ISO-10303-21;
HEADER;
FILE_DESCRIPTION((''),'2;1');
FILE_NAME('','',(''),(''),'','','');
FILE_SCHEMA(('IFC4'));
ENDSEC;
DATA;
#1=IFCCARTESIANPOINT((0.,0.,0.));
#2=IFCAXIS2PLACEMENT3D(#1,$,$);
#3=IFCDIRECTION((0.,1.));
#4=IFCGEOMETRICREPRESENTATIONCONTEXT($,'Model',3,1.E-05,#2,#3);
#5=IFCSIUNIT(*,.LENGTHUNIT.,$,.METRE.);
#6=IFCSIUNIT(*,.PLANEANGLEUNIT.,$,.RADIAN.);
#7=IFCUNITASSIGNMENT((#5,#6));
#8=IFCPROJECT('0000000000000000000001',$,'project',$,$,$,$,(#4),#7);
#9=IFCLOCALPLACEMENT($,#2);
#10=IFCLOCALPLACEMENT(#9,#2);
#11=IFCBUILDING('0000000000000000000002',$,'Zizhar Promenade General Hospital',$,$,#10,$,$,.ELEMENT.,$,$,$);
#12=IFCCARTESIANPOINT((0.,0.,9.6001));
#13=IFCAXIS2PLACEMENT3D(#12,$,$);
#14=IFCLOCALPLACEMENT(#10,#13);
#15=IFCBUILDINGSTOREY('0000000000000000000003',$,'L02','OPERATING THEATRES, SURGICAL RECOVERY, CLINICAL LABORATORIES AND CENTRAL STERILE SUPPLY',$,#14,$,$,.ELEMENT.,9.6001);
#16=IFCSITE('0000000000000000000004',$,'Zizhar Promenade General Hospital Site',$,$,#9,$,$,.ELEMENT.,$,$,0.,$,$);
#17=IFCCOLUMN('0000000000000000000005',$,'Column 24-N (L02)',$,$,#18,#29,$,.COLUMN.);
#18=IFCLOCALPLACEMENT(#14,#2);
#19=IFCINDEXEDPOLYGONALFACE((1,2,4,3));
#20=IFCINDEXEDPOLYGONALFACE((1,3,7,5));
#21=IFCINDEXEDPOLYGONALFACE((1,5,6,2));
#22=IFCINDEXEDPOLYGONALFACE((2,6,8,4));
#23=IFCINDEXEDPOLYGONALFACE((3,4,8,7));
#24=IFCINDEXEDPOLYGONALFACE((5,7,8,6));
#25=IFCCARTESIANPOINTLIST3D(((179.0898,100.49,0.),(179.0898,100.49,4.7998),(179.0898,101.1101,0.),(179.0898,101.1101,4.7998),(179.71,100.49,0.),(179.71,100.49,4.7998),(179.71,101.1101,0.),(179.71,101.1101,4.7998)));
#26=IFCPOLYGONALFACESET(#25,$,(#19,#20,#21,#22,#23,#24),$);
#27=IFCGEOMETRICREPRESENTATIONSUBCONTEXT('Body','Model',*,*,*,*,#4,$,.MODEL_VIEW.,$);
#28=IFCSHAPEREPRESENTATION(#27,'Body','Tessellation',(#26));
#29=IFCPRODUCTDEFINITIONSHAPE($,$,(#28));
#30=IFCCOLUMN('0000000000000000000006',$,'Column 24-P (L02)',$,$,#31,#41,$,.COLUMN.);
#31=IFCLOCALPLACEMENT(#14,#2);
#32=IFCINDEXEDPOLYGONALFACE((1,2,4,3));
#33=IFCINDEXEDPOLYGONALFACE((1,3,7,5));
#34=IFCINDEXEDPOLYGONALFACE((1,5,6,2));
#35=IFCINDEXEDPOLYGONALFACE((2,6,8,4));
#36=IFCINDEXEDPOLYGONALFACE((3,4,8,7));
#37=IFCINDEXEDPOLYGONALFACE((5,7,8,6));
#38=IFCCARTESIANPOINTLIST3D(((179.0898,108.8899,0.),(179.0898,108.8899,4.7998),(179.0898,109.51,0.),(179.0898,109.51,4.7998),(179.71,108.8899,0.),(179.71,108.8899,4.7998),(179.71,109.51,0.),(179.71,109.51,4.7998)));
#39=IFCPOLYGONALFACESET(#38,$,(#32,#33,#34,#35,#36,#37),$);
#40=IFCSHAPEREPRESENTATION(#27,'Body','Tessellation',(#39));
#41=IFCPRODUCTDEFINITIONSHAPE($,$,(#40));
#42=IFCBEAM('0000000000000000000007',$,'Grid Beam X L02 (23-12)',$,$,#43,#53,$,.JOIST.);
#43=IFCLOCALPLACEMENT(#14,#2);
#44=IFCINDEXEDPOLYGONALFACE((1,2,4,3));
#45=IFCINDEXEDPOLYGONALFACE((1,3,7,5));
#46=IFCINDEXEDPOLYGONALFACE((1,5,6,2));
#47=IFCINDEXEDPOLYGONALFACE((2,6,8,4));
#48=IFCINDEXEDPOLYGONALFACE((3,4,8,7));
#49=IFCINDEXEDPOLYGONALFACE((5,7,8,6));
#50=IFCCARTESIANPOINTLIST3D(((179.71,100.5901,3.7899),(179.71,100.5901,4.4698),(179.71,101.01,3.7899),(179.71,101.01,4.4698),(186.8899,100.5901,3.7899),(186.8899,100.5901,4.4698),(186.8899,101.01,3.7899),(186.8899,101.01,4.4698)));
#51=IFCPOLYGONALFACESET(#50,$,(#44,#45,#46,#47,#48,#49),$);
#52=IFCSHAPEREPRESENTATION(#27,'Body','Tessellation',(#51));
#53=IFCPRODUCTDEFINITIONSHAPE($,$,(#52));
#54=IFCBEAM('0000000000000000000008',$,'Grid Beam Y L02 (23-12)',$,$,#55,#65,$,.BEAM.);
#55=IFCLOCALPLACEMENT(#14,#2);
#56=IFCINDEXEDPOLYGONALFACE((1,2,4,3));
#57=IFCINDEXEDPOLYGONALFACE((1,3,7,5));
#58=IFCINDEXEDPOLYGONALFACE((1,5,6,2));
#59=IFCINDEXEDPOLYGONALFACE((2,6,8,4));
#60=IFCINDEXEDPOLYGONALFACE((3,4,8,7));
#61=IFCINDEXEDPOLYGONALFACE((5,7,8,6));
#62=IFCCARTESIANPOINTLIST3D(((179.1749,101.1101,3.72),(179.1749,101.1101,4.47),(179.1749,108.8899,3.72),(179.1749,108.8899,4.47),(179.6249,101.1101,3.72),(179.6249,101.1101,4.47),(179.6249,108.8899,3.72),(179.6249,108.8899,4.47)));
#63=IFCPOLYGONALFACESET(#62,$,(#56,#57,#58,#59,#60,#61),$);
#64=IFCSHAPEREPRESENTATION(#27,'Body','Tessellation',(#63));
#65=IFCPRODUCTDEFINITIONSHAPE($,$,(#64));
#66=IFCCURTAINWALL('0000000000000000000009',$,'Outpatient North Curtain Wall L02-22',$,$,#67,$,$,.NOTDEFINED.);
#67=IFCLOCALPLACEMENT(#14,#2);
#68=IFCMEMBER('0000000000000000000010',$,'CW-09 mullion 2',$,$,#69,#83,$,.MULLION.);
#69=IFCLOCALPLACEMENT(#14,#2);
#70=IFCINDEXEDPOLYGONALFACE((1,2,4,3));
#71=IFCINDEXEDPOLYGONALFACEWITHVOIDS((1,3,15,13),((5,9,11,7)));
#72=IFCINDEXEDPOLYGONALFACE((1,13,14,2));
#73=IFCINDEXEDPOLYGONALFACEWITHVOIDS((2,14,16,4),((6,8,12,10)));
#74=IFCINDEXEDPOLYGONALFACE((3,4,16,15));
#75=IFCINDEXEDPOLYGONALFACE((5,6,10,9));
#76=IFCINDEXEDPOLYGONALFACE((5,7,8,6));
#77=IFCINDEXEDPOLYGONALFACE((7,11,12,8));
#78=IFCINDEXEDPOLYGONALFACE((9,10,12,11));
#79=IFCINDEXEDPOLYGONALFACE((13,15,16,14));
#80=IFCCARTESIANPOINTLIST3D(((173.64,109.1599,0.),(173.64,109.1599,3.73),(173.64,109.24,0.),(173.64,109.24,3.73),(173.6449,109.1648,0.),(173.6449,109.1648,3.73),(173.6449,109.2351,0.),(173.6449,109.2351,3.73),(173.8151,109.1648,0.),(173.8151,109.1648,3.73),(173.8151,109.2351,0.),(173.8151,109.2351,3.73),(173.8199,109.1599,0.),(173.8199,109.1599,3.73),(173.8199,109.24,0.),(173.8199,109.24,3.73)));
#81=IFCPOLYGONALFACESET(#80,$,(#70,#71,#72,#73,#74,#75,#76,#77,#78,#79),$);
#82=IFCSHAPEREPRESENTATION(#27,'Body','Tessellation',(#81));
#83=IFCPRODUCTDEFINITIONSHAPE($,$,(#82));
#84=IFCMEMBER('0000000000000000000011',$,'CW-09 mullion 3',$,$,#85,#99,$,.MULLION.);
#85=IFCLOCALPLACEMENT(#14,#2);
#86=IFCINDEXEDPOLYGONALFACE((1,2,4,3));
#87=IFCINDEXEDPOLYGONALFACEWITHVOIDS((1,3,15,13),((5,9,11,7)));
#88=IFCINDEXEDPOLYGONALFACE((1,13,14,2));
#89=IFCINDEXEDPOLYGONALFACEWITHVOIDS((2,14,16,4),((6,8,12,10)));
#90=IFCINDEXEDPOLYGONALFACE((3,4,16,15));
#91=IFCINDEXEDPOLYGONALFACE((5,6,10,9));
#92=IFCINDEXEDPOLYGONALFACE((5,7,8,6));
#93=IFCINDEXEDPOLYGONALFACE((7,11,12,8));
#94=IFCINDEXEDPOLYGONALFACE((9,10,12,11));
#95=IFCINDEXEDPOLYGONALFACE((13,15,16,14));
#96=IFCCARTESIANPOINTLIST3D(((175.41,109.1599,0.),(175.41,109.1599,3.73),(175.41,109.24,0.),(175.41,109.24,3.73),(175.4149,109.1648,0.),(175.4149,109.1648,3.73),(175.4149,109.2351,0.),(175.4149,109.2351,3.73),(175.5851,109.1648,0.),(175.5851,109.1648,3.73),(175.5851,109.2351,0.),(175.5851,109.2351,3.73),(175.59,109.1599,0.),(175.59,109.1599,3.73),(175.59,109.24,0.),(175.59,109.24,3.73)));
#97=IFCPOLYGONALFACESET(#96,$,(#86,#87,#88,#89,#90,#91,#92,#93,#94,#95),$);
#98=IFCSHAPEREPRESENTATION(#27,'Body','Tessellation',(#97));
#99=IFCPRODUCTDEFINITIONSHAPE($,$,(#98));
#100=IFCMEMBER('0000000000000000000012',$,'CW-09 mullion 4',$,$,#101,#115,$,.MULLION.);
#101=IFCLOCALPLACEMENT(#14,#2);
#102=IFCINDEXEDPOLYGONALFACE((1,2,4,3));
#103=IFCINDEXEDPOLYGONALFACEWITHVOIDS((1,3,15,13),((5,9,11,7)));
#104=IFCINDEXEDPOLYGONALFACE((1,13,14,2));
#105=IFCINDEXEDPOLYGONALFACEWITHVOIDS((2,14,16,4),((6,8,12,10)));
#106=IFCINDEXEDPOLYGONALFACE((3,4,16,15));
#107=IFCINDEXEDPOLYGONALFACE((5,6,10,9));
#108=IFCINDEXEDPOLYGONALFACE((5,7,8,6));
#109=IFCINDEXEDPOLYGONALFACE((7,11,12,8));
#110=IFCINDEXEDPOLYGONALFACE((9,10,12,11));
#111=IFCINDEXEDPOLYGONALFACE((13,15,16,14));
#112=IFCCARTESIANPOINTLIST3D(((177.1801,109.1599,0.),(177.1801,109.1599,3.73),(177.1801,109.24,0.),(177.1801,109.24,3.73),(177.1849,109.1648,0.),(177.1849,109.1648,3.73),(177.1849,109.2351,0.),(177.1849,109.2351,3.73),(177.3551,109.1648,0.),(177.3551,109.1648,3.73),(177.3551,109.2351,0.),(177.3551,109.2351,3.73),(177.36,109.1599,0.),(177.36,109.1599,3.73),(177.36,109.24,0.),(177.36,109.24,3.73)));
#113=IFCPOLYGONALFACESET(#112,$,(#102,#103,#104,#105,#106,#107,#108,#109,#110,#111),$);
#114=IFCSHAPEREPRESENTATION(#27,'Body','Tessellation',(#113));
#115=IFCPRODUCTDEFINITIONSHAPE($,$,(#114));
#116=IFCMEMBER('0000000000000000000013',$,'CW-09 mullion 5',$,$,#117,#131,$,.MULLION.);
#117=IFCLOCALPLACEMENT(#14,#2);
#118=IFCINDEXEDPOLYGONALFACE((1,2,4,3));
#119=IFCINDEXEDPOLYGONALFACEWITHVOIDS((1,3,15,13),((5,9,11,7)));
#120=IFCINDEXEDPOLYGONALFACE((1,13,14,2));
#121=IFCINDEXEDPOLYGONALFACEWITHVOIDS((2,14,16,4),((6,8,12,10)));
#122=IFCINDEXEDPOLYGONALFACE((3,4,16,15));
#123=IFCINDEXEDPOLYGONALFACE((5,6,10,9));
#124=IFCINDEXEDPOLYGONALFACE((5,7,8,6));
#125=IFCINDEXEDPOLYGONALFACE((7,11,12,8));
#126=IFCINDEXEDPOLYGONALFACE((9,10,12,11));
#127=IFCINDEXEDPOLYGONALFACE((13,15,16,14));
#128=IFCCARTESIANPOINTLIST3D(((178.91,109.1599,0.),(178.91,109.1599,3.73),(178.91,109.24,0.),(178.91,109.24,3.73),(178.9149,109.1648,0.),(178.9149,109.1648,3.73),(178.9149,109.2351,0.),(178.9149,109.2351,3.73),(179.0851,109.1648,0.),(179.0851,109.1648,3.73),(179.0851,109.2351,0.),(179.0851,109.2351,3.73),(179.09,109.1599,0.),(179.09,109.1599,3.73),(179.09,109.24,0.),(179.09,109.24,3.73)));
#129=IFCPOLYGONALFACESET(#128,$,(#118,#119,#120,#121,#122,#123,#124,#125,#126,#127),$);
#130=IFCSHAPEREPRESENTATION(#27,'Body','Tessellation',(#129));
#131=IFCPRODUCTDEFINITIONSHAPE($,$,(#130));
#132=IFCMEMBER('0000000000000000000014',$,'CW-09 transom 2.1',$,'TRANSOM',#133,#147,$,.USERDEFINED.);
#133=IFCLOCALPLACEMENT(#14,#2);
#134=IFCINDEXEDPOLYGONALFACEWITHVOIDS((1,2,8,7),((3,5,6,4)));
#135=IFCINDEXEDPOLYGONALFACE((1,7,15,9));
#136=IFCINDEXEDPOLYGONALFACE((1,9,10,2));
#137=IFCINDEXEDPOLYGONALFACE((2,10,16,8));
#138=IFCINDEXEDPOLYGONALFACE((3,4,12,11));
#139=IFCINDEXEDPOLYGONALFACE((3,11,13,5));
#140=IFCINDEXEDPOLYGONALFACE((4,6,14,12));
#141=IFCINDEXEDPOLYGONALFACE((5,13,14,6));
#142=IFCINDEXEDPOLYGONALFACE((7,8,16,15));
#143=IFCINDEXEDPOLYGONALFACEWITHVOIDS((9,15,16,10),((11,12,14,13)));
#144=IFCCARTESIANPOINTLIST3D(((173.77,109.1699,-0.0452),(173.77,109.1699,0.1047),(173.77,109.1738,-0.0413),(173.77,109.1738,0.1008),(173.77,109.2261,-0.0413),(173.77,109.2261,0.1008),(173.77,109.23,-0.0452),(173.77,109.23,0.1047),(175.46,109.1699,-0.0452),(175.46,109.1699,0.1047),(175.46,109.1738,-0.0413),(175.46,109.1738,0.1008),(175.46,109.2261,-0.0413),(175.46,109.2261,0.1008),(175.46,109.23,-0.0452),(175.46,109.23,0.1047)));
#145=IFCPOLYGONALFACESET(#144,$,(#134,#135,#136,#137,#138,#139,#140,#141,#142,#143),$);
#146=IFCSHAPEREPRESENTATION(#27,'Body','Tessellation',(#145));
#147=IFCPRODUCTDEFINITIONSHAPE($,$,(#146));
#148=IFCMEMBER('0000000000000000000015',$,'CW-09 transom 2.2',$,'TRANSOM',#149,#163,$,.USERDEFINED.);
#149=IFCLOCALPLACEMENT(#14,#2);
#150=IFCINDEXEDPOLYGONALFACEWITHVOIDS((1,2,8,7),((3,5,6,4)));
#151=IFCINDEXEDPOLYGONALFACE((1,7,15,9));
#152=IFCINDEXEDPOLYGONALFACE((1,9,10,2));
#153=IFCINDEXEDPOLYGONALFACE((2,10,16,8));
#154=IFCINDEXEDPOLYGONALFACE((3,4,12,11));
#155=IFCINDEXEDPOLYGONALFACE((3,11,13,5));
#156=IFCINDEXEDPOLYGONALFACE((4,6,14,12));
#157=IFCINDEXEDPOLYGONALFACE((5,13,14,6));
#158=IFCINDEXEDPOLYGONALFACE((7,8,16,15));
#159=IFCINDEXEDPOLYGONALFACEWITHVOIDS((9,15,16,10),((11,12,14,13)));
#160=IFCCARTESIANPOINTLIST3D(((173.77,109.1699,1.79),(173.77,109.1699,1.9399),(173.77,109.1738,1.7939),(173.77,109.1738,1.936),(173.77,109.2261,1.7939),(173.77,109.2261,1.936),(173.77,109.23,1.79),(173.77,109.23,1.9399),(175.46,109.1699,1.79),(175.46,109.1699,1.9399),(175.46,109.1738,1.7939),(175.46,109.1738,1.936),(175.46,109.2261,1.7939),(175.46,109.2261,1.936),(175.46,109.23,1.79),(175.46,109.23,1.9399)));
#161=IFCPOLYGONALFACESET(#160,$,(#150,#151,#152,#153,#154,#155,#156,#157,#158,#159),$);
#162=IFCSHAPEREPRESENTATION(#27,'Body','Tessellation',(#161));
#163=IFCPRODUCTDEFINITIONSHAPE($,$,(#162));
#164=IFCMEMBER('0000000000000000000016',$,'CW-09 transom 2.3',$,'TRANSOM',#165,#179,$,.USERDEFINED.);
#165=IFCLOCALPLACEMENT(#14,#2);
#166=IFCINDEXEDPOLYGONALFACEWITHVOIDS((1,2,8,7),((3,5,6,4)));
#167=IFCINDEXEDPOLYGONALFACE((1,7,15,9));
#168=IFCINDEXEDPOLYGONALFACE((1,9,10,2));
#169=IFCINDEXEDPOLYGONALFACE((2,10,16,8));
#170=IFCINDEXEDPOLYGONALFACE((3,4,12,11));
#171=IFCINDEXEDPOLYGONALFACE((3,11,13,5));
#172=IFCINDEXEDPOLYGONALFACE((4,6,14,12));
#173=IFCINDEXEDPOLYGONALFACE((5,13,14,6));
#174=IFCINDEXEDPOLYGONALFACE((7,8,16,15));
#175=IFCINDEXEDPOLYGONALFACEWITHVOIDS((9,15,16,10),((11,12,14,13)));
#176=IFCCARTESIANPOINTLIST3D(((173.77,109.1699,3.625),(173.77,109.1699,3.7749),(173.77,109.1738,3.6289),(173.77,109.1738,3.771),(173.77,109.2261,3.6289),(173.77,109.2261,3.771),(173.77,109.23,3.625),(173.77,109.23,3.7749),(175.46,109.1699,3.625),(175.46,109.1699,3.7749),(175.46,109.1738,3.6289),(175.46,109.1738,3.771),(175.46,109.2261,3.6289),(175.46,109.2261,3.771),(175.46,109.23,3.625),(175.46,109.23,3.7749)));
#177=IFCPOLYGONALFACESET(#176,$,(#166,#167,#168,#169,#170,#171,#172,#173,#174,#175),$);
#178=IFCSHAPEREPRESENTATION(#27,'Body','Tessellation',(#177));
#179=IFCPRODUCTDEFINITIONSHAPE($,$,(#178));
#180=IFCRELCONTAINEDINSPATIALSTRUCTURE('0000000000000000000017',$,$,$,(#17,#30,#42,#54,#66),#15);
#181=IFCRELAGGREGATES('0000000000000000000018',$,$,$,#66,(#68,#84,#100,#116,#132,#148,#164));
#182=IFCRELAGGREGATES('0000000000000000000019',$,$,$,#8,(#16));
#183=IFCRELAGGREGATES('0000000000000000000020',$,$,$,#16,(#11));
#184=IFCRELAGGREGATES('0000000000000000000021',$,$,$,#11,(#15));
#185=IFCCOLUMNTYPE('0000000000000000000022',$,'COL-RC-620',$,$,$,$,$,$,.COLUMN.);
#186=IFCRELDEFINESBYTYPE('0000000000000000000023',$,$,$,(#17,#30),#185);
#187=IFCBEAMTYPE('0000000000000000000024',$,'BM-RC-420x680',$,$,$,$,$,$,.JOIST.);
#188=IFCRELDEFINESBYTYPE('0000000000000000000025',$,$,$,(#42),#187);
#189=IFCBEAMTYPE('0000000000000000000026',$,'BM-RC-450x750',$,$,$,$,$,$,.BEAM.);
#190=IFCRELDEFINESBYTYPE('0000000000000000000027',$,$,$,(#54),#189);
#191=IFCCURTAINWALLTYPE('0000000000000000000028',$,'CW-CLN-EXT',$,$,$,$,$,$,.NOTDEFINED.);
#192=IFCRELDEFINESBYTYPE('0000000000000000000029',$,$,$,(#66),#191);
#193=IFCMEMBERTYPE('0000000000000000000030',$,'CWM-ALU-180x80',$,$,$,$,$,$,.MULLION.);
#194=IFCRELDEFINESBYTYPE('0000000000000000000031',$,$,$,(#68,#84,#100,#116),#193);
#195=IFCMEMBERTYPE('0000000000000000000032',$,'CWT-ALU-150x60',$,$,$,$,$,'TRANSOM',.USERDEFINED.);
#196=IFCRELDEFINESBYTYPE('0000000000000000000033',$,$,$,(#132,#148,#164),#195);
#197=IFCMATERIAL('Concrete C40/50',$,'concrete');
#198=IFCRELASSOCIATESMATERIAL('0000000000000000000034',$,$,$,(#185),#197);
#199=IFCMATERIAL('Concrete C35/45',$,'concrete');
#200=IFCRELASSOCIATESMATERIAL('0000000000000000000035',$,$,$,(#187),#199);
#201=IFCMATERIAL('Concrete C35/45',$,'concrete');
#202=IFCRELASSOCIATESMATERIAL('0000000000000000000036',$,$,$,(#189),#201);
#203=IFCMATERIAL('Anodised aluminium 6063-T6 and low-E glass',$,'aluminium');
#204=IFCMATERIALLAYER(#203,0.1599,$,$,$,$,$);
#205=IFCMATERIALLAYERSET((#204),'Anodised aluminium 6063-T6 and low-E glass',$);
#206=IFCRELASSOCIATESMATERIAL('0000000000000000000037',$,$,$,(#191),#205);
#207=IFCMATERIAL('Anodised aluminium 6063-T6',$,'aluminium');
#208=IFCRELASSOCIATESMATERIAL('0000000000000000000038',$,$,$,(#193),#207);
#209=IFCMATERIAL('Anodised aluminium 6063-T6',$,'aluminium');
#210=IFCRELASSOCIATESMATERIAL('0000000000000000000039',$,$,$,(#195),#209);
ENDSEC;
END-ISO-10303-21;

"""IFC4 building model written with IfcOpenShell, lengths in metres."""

from ifc_helpers import new_model, si_unit, direction, frame, origin, origin_2d, place, context, subcontext, project, spatial, rectangle, hollow_rectangle, extrude, material, layer, layer_set, material_profile, profile_set, type_object, element, aggregate, save


model = new_model("IFC4")

# Units and contexts
model_context = context("Model", 3, precision=1e-05, world=origin(), true_north=direction((0.0, 1.0)))
body_context = subcontext(model_context, "Body", "Model", "MODEL_VIEW")
ifc_project = project(units=[si_unit("LENGTHUNIT", "METRE"), si_unit("PLANEANGLEUNIT", "RADIAN")], contexts=[model_context])

# Site, building, storey
site_placement = place(None, origin())
site = spatial("IfcSite", under=ifc_project, at=site_placement, Name="Zizhar Promenade General Hospital Site", CompositionType="ELEMENT", RefElevation=0.0)
building_placement = place(site_placement, origin())
building = spatial("IfcBuilding", under=site, at=building_placement, Name="Zizhar Promenade General Hospital", CompositionType="ELEMENT")
storey_placement = place(building_placement, frame((0.0, 0.0, 9.6001)))
storey = spatial("IfcBuildingStorey", under=building, at=storey_placement, Name="L02", Description="OPERATING THEATRES, SURGICAL RECOVERY, CLINICAL LABORATORIES AND CENTRAL STERILE SUPPLY", CompositionType="ELEMENT", Elevation=9.6001)

# Columns
ifc_material_1 = material(Name="Concrete C40/50", Category="concrete")
ifc_material_profile_1 = material_profile(ifc_material_1, rectangle(XDim=0.6201, YDim=0.6201, at=origin_2d()))
ifc_profile_set_1 = profile_set([ifc_material_profile_1], Name="Concrete C40/50")
column_type = type_object("IfcColumnType", Name="COL-RC-620", PredefinedType="COLUMN", material=ifc_profile_set_1)
for number, where, z_axis, x_axis, name in (
    (1, (179.3999, 100.8, 0.0), (0.0, 0.0, 1.0), (1.0, 0.0, 0.0), "Column 24-N (L02)"),
    (2, (179.3999, 109.2, 0.0), (0.0, 0.0, 1.0), (1.0, 0.0, 0.0), "Column 24-P (L02)"),
):
    element("IfcColumn", number, at=place(storey_placement, frame(where, z_axis=z_axis, x_axis=x_axis)), inside=storey, type_object=column_type, Name=name, PredefinedType="COLUMN", context=body_context, shape_type="SweptSolid", body=[
        extrude(rectangle(XDim=0.6201, YDim=0.6201, at=origin_2d()), origin(), (0.0, 0.0, 1.0), 4.7998),
    ])

# Beams
ifc_material_2 = material(Name="Concrete C35/45", Category="concrete")
ifc_material_profile_2 = material_profile(ifc_material_2, rectangle(XDim=0.4199, YDim=0.6799, at=origin_2d()))
ifc_profile_set_2 = profile_set([ifc_material_profile_2], Name="Concrete C35/45")
beam_type_1 = type_object("IfcBeamType", Name="BM-RC-420x680", PredefinedType="JOIST", material=ifc_profile_set_2)
beam_1_placement = place(storey_placement, frame((179.71, 100.8, 4.1299), z_axis=(1.0, 0.0, 0.0), x_axis=(0.0, 1.0, 0.0)))
element("IfcBeam", 3, at=beam_1_placement, inside=storey, type_object=beam_type_1, Name="Grid Beam X L02 (23-12)", PredefinedType="JOIST", context=body_context, shape_type="SweptSolid", body=[
    extrude(rectangle(XDim=0.4199, YDim=0.6799, at=origin_2d()), origin(), (0.0, 0.0, 1.0), 7.1799),
])
ifc_material_3 = material(Name="Concrete C35/45", Category="concrete")
ifc_material_profile_3 = material_profile(ifc_material_3, rectangle(XDim=0.45, YDim=0.75, at=origin_2d()))
ifc_profile_set_3 = profile_set([ifc_material_profile_3], Name="Concrete C35/45")
beam_type_2 = type_object("IfcBeamType", Name="BM-RC-450x750", PredefinedType="BEAM", material=ifc_profile_set_3)
beam_2_placement = place(storey_placement, frame((179.3999, 101.1101, 4.095), z_axis=(0.0, 1.0, 0.0), x_axis=(-1.0, 0.0, 0.0)))
element("IfcBeam", 4, at=beam_2_placement, inside=storey, type_object=beam_type_2, Name="Grid Beam Y L02 (23-12)", PredefinedType="BEAM", context=body_context, shape_type="SweptSolid", body=[
    extrude(rectangle(XDim=0.45, YDim=0.75, at=origin_2d()), origin(), (0.0, 0.0, 1.0), 7.7798),
])

# Curtain wall, members
ifc_material_4 = material(Name="Anodised aluminium 6063-T6 and low-E glass", Category="aluminium")
ifc_layer_1 = layer(ifc_material_4, 0.1599)
ifc_layer_set_1 = layer_set([ifc_layer_1], Name="Anodised aluminium 6063-T6 and low-E glass")
curtain_wall_type = type_object("IfcCurtainWallType", Name="CW-CLN-EXT", PredefinedType="NOTDEFINED", material=ifc_layer_set_1)
curtain_wall_placement = place(storey_placement, origin())
curtain_wall = element("IfcCurtainWall", 5, at=curtain_wall_placement, inside=storey, type_object=curtain_wall_type, Name="Outpatient North Curtain Wall L02-22", PredefinedType="NOTDEFINED")
ifc_material_5 = material(Name="Anodised aluminium 6063-T6", Category="aluminium")
ifc_material_profile_4 = material_profile(ifc_material_5, hollow_rectangle(XDim=0.0801, YDim=0.1799, WallThickness=0.0049, at=origin_2d()))
ifc_profile_set_4 = profile_set([ifc_material_profile_4], Name="Anodised aluminium 6063-T6")
member_type_1 = type_object("IfcMemberType", Name="CWM-ALU-180x80", PredefinedType="MULLION", material=ifc_profile_set_4)
member_1_placement = place(storey_placement, frame((173.73, 109.2, 0.0), z_axis=(0.0, 0.0, 1.0), x_axis=(0.0, 1.0, 0.0)))
member_1 = element("IfcMember", 6, at=member_1_placement, type_object=member_type_1, Name="CW-09 mullion 2", PredefinedType="MULLION", context=body_context, shape_type="SweptSolid", body=[
    extrude(hollow_rectangle(XDim=0.0801, YDim=0.1799, WallThickness=0.0049, at=origin_2d()), origin(), (0.0, 0.0, 1.0), 3.73),
])
member_2_placement = place(storey_placement, frame((175.5, 109.2, 0.0), z_axis=(0.0, 0.0, 1.0), x_axis=(0.0, 1.0, 0.0)))
member_2 = element("IfcMember", 7, at=member_2_placement, type_object=member_type_1, Name="CW-09 mullion 3", PredefinedType="MULLION", context=body_context, shape_type="SweptSolid", body=[
    extrude(hollow_rectangle(XDim=0.0801, YDim=0.1799, WallThickness=0.0049, at=origin_2d()), origin(), (0.0, 0.0, 1.0), 3.73),
])
member_3_placement = place(storey_placement, frame((177.27, 109.2, 0.0), z_axis=(0.0, 0.0, 1.0), x_axis=(0.0, 1.0, 0.0)))
member_3 = element("IfcMember", 8, at=member_3_placement, type_object=member_type_1, Name="CW-09 mullion 4", PredefinedType="MULLION", context=body_context, shape_type="SweptSolid", body=[
    extrude(hollow_rectangle(XDim=0.0801, YDim=0.1799, WallThickness=0.0049, at=origin_2d()), origin(), (0.0, 0.0, 1.0), 3.73),
])
member_4_placement = place(storey_placement, frame((179.0, 109.2, 0.0), z_axis=(0.0, 0.0, 1.0), x_axis=(0.0, 1.0, 0.0)))
member_4 = element("IfcMember", 9, at=member_4_placement, type_object=member_type_1, Name="CW-09 mullion 5", PredefinedType="MULLION", context=body_context, shape_type="SweptSolid", body=[
    extrude(hollow_rectangle(XDim=0.0801, YDim=0.1799, WallThickness=0.0049, at=origin_2d()), origin(), (0.0, 0.0, 1.0), 3.73),
])
ifc_material_6 = material(Name="Anodised aluminium 6063-T6", Category="aluminium")
ifc_material_profile_5 = material_profile(ifc_material_6, hollow_rectangle(XDim=0.0601, YDim=0.1499, WallThickness=0.0039, at=origin_2d()))
ifc_profile_set_5 = profile_set([ifc_material_profile_5], Name="Anodised aluminium 6063-T6")
member_type_2 = type_object("IfcMemberType", Name="CWT-ALU-150x60", ElementType="TRANSOM", PredefinedType="USERDEFINED", material=ifc_profile_set_5)
member_5_placement = place(storey_placement, frame((173.77, 109.2, 0.0298), z_axis=(1.0, 0.0, 0.0), x_axis=(0.0, 1.0, 0.0)))
member_5 = element("IfcMember", 10, at=member_5_placement, type_object=member_type_2, Name="CW-09 transom 2.1", ObjectType="TRANSOM", PredefinedType="USERDEFINED", context=body_context, shape_type="SweptSolid", body=[
    extrude(hollow_rectangle(XDim=0.0601, YDim=0.1499, WallThickness=0.0039, at=origin_2d()), origin(), (0.0, 0.0, 1.0), 1.6899),
])
member_6_placement = place(storey_placement, frame((173.77, 109.2, 1.865), z_axis=(1.0, 0.0, 0.0), x_axis=(0.0, 1.0, 0.0)))
member_6 = element("IfcMember", 11, at=member_6_placement, type_object=member_type_2, Name="CW-09 transom 2.2", ObjectType="TRANSOM", PredefinedType="USERDEFINED", context=body_context, shape_type="SweptSolid", body=[
    extrude(hollow_rectangle(XDim=0.0601, YDim=0.1499, WallThickness=0.0039, at=origin_2d()), origin(), (0.0, 0.0, 1.0), 1.6899),
])
member_7_placement = place(storey_placement, frame((173.77, 109.2, 3.7), z_axis=(1.0, 0.0, 0.0), x_axis=(0.0, 1.0, 0.0)))
member_7 = element("IfcMember", 12, at=member_7_placement, type_object=member_type_2, Name="CW-09 transom 2.3", ObjectType="TRANSOM", PredefinedType="USERDEFINED", context=body_context, shape_type="SweptSolid", body=[
    extrude(hollow_rectangle(XDim=0.0601, YDim=0.1499, WallThickness=0.0039, at=origin_2d()), origin(), (0.0, 0.0, 1.0), 1.6899),
])
aggregate(curtain_wall, [member_1, member_2, member_3, member_4, member_5, member_6, member_7])

save(model, "model.ifc")
